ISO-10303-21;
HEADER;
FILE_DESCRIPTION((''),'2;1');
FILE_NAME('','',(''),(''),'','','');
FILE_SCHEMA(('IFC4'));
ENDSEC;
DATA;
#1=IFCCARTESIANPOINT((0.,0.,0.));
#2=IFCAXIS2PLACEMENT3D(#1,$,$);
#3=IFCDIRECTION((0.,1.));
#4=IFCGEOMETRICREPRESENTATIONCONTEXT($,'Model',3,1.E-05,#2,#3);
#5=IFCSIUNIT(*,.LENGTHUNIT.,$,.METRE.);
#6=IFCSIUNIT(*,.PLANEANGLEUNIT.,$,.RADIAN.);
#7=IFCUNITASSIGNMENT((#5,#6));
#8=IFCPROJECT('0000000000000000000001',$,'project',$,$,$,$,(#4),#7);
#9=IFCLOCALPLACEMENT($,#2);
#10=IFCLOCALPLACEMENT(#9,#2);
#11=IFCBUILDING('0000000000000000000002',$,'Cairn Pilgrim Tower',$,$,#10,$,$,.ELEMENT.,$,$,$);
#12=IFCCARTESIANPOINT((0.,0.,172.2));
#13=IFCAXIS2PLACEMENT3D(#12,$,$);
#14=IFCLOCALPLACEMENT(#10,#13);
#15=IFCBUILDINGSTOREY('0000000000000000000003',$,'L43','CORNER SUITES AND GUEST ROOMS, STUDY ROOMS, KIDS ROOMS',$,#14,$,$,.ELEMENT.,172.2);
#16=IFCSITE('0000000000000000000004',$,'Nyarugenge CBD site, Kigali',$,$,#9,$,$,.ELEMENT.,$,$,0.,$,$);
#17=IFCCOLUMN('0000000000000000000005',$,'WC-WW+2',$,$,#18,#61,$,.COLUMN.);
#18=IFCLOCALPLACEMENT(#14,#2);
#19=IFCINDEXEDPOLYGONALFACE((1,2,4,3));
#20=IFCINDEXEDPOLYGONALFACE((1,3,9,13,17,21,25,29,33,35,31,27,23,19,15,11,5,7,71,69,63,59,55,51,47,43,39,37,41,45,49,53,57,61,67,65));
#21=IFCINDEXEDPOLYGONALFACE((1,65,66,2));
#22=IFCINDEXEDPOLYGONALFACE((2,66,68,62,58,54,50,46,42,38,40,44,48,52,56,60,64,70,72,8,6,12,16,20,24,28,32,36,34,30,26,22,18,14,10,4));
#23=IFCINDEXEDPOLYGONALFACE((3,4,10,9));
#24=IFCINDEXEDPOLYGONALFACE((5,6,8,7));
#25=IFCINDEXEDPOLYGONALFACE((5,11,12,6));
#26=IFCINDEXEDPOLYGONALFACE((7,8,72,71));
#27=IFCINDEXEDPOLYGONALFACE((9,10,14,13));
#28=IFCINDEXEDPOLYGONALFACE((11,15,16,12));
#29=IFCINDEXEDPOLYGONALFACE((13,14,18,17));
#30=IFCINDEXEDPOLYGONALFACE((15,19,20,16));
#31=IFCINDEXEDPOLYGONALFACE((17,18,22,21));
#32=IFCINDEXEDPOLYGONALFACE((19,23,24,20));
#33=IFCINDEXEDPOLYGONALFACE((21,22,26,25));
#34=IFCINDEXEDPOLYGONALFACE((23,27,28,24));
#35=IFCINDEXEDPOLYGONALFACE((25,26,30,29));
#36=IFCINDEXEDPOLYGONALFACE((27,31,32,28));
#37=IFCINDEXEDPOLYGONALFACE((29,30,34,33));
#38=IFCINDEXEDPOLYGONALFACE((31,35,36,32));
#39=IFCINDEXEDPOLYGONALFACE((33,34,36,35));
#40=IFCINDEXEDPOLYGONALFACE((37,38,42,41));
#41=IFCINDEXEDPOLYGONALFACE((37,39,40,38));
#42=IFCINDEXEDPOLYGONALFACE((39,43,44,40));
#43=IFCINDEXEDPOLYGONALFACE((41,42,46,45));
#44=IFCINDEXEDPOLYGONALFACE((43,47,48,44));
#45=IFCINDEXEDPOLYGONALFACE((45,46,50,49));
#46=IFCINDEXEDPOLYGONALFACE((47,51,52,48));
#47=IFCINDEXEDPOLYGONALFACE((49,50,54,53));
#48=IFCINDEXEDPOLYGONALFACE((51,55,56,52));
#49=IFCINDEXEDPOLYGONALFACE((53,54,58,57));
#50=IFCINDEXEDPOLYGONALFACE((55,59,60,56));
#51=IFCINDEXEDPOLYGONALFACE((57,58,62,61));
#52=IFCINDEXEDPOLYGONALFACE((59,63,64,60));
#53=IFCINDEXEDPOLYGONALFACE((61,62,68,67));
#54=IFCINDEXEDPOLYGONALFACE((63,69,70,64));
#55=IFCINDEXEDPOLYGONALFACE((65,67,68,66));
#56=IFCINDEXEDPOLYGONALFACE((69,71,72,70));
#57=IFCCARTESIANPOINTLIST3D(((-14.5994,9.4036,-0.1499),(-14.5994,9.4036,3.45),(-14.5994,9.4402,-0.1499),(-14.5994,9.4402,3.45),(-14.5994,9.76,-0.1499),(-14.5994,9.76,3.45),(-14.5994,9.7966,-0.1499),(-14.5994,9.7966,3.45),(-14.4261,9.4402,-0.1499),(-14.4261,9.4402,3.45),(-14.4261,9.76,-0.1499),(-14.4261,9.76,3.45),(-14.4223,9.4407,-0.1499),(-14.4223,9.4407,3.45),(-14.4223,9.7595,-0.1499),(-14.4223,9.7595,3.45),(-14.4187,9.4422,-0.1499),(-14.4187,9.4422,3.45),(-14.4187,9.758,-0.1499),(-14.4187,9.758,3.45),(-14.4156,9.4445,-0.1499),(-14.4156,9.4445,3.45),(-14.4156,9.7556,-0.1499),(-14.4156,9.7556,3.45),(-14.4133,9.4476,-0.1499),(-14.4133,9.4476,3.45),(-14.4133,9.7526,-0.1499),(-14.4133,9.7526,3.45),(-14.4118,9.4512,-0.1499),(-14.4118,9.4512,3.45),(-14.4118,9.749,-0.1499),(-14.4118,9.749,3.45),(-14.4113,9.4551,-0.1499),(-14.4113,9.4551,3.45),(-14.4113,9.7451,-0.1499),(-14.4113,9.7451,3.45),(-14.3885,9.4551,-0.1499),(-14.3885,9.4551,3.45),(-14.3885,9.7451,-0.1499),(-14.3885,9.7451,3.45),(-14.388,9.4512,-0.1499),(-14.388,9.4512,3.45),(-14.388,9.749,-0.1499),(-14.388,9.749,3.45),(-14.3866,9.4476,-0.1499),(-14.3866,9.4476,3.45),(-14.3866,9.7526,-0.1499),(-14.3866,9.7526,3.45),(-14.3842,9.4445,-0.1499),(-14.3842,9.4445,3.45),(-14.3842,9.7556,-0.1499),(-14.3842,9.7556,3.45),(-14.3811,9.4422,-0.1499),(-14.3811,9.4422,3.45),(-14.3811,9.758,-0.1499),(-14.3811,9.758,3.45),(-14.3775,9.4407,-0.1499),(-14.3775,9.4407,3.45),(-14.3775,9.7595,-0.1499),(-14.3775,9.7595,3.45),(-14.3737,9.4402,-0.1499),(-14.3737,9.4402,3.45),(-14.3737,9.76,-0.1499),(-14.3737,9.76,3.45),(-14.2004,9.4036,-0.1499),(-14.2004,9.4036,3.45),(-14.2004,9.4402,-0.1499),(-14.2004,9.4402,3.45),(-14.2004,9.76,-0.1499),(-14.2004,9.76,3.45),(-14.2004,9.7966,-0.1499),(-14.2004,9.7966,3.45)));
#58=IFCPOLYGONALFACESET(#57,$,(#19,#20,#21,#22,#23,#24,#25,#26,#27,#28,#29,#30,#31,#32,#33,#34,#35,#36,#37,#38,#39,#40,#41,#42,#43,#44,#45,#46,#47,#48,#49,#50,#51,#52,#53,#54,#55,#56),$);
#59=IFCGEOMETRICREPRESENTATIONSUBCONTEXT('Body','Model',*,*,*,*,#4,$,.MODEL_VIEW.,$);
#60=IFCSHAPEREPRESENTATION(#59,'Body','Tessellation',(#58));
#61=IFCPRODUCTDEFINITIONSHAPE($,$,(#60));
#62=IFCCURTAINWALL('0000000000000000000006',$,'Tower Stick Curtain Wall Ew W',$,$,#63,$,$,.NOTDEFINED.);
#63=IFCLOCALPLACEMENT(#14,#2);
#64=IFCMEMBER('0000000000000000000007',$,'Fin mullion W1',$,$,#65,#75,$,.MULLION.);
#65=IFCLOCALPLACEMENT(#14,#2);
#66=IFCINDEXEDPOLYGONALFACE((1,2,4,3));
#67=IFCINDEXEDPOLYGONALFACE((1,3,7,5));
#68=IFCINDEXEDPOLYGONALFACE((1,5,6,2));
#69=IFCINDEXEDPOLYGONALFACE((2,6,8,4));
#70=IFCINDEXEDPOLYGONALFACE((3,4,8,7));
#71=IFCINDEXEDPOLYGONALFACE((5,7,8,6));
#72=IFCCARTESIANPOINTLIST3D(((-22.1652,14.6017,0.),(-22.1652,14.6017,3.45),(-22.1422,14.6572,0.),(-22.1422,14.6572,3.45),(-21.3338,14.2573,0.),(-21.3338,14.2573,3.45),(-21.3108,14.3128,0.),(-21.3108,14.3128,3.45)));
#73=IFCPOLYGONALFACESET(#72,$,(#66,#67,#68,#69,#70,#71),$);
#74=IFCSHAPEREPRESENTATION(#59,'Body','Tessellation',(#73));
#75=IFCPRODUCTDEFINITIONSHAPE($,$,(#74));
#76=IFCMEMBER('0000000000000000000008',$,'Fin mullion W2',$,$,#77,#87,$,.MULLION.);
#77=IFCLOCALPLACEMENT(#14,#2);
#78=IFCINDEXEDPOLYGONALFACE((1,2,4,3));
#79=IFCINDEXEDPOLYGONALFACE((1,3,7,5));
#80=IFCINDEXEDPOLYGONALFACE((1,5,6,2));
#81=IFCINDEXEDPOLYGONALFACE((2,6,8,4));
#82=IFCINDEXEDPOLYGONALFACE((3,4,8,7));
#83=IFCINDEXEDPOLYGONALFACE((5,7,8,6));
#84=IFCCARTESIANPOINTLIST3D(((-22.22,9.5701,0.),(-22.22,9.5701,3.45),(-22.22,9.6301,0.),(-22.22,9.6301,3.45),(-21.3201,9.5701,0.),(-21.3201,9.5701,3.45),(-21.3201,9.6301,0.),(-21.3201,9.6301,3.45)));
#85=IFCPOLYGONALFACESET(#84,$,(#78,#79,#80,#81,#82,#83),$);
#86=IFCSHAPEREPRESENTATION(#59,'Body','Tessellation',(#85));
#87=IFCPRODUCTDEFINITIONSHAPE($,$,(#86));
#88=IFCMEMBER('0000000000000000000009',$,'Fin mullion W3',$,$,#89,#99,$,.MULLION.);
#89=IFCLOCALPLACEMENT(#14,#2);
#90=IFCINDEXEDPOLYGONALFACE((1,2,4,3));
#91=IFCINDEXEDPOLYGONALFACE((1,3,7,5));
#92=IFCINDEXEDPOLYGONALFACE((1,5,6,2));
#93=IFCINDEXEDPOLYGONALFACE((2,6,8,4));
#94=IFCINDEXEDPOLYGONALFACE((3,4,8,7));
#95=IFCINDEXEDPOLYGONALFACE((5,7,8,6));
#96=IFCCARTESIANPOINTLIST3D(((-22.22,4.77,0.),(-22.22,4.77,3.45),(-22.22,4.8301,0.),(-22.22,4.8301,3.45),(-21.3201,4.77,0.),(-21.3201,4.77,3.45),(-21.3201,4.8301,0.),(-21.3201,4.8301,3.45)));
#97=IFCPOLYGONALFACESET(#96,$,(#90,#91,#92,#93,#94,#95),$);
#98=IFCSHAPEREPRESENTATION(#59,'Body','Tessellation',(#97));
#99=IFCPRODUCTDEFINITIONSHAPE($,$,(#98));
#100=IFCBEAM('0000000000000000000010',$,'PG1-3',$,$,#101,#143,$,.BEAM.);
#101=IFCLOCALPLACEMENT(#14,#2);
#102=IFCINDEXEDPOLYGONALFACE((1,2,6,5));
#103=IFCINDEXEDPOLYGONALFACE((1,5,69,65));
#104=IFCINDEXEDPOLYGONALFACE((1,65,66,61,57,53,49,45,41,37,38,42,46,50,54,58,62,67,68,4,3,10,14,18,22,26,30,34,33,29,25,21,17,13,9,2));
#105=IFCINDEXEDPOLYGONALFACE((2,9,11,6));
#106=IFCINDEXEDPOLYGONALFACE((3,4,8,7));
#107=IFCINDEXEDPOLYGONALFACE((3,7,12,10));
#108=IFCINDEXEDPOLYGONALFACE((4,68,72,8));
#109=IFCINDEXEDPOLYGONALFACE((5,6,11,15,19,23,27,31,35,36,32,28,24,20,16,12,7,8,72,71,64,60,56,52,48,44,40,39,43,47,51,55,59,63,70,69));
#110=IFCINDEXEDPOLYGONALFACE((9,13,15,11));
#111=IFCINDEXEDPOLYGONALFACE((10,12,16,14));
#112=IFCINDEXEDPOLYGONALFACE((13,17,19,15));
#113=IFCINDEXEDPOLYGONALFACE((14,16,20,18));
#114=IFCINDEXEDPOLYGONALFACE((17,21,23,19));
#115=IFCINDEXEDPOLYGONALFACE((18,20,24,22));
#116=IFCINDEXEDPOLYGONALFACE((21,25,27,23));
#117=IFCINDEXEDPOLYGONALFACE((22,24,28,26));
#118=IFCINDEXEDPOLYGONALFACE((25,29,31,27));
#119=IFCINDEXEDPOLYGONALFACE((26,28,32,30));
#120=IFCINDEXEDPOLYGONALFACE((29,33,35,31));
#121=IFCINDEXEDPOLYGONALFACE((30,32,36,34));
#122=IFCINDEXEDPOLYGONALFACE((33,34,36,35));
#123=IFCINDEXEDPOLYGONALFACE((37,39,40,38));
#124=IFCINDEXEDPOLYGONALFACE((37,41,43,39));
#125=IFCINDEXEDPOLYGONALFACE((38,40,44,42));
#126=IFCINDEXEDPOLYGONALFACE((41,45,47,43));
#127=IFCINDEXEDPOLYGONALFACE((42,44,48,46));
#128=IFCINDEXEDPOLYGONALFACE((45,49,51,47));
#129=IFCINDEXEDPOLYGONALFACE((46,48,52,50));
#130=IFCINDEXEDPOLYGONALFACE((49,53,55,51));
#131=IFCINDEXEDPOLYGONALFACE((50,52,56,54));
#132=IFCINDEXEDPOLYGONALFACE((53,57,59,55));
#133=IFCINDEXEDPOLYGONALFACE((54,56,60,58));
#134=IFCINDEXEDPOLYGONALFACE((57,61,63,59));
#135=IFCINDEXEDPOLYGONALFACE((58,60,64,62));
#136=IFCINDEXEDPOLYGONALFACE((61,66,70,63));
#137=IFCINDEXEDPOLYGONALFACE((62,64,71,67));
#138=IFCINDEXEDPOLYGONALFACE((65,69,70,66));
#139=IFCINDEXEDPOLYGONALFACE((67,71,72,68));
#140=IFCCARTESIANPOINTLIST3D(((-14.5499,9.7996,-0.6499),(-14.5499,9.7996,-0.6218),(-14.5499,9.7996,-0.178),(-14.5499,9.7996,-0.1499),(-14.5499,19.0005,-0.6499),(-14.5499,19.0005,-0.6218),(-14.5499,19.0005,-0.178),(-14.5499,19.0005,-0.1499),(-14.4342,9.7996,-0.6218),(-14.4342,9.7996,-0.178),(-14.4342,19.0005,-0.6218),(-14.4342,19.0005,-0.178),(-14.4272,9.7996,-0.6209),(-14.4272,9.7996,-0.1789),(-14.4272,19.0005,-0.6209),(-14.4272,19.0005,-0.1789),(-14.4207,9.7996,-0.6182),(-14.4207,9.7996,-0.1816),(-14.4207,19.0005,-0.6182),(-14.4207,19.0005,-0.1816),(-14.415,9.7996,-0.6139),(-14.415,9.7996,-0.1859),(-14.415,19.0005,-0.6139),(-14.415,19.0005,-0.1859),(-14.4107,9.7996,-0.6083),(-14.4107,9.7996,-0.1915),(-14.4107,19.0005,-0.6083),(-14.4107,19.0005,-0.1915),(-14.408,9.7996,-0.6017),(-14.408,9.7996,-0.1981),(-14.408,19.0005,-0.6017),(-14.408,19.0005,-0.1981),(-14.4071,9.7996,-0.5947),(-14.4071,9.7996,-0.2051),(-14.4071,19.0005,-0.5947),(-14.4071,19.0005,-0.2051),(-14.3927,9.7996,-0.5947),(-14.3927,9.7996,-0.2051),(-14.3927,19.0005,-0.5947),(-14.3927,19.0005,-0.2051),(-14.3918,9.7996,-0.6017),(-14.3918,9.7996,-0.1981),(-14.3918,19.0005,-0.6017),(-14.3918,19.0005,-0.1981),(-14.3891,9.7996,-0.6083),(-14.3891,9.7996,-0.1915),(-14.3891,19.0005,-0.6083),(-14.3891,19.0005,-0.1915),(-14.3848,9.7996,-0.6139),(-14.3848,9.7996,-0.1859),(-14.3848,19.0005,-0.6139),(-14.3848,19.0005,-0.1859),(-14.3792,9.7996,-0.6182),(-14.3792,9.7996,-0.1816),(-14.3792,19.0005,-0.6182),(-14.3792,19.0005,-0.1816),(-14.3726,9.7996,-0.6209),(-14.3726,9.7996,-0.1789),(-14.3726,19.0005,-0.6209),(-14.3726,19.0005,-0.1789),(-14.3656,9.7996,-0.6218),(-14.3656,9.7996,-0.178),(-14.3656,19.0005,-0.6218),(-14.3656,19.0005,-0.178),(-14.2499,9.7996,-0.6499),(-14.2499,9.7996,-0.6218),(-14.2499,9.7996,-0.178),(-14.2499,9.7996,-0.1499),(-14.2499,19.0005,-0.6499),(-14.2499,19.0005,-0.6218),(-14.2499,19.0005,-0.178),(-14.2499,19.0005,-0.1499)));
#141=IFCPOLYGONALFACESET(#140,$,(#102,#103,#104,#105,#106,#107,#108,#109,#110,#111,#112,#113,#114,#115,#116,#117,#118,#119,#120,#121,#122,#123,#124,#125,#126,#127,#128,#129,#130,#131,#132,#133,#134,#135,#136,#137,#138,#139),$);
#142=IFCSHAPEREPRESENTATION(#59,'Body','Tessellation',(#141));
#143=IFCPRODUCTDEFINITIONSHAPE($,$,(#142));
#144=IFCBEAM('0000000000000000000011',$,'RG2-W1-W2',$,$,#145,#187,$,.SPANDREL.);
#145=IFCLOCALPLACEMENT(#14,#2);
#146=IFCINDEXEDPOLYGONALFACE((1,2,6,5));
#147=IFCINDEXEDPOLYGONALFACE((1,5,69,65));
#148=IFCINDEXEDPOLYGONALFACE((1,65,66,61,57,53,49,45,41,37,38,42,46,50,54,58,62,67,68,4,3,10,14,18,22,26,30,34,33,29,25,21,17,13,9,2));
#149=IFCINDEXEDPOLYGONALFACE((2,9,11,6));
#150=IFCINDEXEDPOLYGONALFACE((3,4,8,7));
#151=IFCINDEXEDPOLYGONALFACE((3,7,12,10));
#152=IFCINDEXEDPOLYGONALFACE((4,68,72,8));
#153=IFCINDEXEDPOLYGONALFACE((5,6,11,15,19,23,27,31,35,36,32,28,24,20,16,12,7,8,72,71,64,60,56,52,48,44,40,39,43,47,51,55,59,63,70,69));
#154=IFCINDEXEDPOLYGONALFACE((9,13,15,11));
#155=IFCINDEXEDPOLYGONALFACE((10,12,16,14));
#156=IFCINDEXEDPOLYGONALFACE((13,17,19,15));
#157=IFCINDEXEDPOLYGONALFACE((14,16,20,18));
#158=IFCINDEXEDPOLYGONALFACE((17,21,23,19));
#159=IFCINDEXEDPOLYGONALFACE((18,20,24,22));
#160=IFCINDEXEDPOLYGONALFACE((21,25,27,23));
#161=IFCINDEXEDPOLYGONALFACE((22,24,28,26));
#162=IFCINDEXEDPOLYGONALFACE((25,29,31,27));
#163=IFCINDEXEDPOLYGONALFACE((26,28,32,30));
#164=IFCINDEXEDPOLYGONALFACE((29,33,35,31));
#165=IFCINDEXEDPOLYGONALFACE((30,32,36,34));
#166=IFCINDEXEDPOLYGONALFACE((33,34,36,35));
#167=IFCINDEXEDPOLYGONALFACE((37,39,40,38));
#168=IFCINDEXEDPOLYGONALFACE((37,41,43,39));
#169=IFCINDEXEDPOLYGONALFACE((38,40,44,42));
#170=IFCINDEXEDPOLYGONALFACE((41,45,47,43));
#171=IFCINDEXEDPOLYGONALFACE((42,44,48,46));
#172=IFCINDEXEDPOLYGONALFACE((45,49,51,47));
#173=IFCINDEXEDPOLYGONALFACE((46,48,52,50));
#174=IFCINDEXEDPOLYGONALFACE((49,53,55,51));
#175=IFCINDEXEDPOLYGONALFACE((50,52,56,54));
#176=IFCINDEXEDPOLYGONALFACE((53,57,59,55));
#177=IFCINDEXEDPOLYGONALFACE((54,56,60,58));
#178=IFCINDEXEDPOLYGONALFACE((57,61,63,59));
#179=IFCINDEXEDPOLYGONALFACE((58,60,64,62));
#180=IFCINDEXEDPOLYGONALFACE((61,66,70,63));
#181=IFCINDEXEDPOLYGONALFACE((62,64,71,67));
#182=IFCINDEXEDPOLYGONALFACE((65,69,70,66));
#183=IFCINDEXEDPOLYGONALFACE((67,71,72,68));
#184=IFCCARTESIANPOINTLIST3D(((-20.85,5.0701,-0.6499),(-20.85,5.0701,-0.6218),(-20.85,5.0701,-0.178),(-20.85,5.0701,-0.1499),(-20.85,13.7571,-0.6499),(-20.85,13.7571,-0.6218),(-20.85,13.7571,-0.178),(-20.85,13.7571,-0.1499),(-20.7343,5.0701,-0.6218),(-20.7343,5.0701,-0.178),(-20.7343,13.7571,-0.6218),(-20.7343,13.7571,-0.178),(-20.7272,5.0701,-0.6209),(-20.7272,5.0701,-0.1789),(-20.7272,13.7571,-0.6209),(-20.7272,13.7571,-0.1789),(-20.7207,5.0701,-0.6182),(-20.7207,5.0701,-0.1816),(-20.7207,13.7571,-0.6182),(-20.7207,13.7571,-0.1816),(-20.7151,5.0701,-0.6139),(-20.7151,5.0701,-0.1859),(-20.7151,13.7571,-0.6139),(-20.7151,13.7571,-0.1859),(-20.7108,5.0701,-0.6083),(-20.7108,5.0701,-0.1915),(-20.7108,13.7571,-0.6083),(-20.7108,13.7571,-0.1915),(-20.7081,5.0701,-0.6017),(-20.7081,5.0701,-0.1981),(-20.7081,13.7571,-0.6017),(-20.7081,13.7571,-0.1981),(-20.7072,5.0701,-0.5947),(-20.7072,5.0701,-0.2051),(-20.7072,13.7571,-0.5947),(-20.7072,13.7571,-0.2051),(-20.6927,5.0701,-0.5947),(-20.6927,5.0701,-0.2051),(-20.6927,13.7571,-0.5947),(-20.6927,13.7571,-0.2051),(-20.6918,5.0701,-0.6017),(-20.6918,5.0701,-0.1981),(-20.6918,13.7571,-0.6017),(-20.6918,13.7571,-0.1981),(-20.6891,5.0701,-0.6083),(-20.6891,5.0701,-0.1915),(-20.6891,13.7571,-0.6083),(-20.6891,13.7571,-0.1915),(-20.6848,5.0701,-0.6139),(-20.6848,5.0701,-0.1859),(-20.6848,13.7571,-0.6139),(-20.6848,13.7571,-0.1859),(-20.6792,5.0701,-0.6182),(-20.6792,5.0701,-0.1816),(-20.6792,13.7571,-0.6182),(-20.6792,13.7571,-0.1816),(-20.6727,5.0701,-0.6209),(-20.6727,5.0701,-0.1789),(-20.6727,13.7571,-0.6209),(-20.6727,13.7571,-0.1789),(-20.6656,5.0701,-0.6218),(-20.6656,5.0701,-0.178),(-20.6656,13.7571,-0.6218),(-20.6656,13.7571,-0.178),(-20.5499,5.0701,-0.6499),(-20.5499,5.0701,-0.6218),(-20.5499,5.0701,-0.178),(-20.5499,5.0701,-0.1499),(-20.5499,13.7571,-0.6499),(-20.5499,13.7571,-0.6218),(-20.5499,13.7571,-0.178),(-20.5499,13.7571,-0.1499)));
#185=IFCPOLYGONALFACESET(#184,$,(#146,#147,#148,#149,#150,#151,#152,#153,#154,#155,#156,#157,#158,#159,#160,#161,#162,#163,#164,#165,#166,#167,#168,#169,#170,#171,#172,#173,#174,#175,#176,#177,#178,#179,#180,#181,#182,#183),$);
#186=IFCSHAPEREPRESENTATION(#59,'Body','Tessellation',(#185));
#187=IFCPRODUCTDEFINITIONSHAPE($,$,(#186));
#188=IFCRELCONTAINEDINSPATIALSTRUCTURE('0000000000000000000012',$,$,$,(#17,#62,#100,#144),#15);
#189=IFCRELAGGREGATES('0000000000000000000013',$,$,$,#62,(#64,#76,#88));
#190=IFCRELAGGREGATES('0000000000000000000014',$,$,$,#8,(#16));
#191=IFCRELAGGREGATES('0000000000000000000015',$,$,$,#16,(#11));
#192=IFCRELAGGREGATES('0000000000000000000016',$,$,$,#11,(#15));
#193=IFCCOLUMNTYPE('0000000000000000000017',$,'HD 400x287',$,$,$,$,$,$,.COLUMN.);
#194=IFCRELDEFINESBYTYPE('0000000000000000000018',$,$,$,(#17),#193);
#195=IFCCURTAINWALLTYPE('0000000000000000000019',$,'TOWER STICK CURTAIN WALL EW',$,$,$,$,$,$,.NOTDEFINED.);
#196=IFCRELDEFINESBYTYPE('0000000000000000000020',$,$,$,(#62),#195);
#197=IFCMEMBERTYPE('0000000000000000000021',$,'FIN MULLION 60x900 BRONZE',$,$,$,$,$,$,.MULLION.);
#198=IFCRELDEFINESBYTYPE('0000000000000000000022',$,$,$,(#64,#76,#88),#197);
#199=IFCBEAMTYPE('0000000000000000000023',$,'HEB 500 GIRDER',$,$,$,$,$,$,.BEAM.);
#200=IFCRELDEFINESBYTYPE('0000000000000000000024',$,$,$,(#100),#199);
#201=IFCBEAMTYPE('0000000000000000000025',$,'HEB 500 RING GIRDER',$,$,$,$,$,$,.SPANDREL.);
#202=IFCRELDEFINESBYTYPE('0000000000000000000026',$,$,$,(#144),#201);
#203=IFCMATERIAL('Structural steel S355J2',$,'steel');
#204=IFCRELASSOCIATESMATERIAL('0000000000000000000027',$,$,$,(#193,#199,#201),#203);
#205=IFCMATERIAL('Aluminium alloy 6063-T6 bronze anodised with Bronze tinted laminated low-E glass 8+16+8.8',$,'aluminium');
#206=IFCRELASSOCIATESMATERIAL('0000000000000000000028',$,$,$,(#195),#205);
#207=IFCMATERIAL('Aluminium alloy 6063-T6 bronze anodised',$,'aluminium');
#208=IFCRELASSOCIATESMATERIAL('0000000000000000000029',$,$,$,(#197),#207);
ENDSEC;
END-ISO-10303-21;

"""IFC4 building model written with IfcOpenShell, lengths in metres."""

from ifc_helpers import new_model, si_unit, direction, frame, origin, origin_2d, place, context, subcontext, project, spatial, rectangle, i_section, extrude, material, material_profile, profile_set, type_object, element, aggregate, save


model = new_model("IFC4")

# Units and contexts
model_context = context("Model", 3, precision=1e-05, world=origin(), true_north=direction((0.0, 1.0)))
body_context = subcontext(model_context, "Body", "Model", "MODEL_VIEW")
ifc_project = project(units=[si_unit("LENGTHUNIT", "METRE"), si_unit("PLANEANGLEUNIT", "RADIAN")], contexts=[model_context])

# Site, building, storey
site_placement = place(None, origin())
site = spatial("IfcSite", under=ifc_project, at=site_placement, Name="Nyarugenge CBD site, Kigali", CompositionType="ELEMENT", RefElevation=0.0)
building_placement = place(site_placement, origin())
building = spatial("IfcBuilding", under=site, at=building_placement, Name="Cairn Pilgrim Tower", CompositionType="ELEMENT")
storey_placement = place(building_placement, frame((0.0, 0.0, 172.2)))
storey = spatial("IfcBuildingStorey", under=building, at=storey_placement, Name="L43", Description="CORNER SUITES AND GUEST ROOMS, STUDY ROOMS, KIDS ROOMS", CompositionType="ELEMENT", Elevation=172.2)

# Column
ifc_material_1 = material(Name="Structural steel S355J2", Category="steel")
ifc_material_profile_1 = material_profile(ifc_material_1, i_section(OverallWidth=0.3989, OverallDepth=0.3931, WebThickness=0.0227, FlangeThickness=0.0366, FilletRadius=0.0149, at=origin_2d()), Name="HD 400x287")
ifc_profile_set_1 = profile_set([ifc_material_profile_1], Name="Structural steel S355J2")
column_type_1 = type_object("IfcColumnType", Name="HD 400x287", PredefinedType="COLUMN", material=ifc_profile_set_1)
column_1_placement = place(storey_placement, frame((-14.3999, 9.6001, -0.1499), z_axis=(0.0, 0.0, 1.0), x_axis=(1.0, 0.0, 0.0)))
element("IfcColumn", 1, at=column_1_placement, inside=storey, type_object=column_type_1, Name="WC-WW+2", PredefinedType="COLUMN", context=body_context, shape_type="SweptSolid", body=[
    extrude(i_section(OverallWidth=0.3989, OverallDepth=0.3931, WebThickness=0.0227, FlangeThickness=0.0366, FilletRadius=0.0149, at=origin_2d()), origin(), (0.0, 0.0, 1.0), 3.5999),
])

# Curtain wall, members
ifc_material_2 = material(Name="Aluminium alloy 6063-T6 bronze anodised with Bronze tinted laminated low-E glass 8+16+8.8", Category="aluminium")
curtain_wall_type = type_object("IfcCurtainWallType", Name="TOWER STICK CURTAIN WALL EW", PredefinedType="NOTDEFINED", material=ifc_material_2)
curtain_wall_placement = place(storey_placement, origin())
curtain_wall = element("IfcCurtainWall", 2, at=curtain_wall_placement, inside=storey, type_object=curtain_wall_type, Name="Tower Stick Curtain Wall Ew W", PredefinedType="NOTDEFINED")
ifc_material_3 = material(Name="Aluminium alloy 6063-T6 bronze anodised", Category="aluminium")
ifc_material_profile_2 = material_profile(ifc_material_3, rectangle(XDim=0.8999, YDim=0.0601, at=origin_2d()), Name="FIN MULLION 60x900 BRONZE")
ifc_profile_set_2 = profile_set([ifc_material_profile_2], Name="Aluminium alloy 6063-T6 bronze anodised")
member_type_1 = type_object("IfcMemberType", Name="FIN MULLION 60x900 BRONZE", PredefinedType="MULLION", material=ifc_profile_set_2)
member_1_placement = place(storey_placement, frame((-21.738, 14.4573, 0.0), z_axis=(0.0, 0.0, 1.0), x_axis=(-0.92388, 0.382683, 0.0)))
member_1 = element("IfcMember", 3, at=member_1_placement, type_object=member_type_1, Name="Fin mullion W1", PredefinedType="MULLION", context=body_context, shape_type="SweptSolid", body=[
    extrude(rectangle(XDim=0.8999, YDim=0.0601, at=origin_2d()), origin(), (0.0, 0.0, 1.0), 3.45),
])
member_2_placement = place(storey_placement, frame((-21.77, 9.6001, 0.0), z_axis=(0.0, 0.0, 1.0), x_axis=(-1.0, 0.0, 0.0)))
member_2 = element("IfcMember", 4, at=member_2_placement, type_object=member_type_1, Name="Fin mullion W2", PredefinedType="MULLION", context=body_context, shape_type="SweptSolid", body=[
    extrude(rectangle(XDim=0.8999, YDim=0.0601, at=origin_2d()), origin(), (0.0, 0.0, 1.0), 3.45),
])
member_3_placement = place(storey_placement, frame((-21.77, 4.8, 0.0), z_axis=(0.0, 0.0, 1.0), x_axis=(-1.0, 0.0, 0.0)))
member_3 = element("IfcMember", 5, at=member_3_placement, type_object=member_type_1, Name="Fin mullion W3", PredefinedType="MULLION", context=body_context, shape_type="SweptSolid", body=[
    extrude(rectangle(XDim=0.8999, YDim=0.0601, at=origin_2d()), origin(), (0.0, 0.0, 1.0), 3.45),
])

# Beams
ifc_material_profile_3 = material_profile(ifc_material_1, i_section(OverallWidth=0.3, OverallDepth=0.5, WebThickness=0.0144, FlangeThickness=0.0281, FilletRadius=0.0271, at=origin_2d()), Name="HEB 500")
ifc_profile_set_3 = profile_set([ifc_material_profile_3], Name="Structural steel S355J2")
beam_type_1 = type_object("IfcBeamType", Name="HEB 500 GIRDER", PredefinedType="BEAM", material=ifc_profile_set_3)
beam_1_placement = place(storey_placement, frame((-14.3999, 9.7996, -0.3999), z_axis=(0.0, 1.0, 0.0), x_axis=(-1.0, 0.0, 0.0)))
element("IfcBeam", 6, at=beam_1_placement, inside=storey, type_object=beam_type_1, Name="PG1-3", PredefinedType="BEAM", context=body_context, shape_type="SweptSolid", body=[
    extrude(i_section(OverallWidth=0.3, OverallDepth=0.5, WebThickness=0.0144, FlangeThickness=0.0281, FilletRadius=0.0271, at=origin_2d()), origin(), (0.0, 0.0, 1.0), 9.2009),
])
ifc_material_profile_4 = material_profile(ifc_material_1, i_section(OverallWidth=0.3, OverallDepth=0.5, WebThickness=0.0144, FlangeThickness=0.0281, FilletRadius=0.0271, at=origin_2d()), Name="HEB 500")
ifc_profile_set_4 = profile_set([ifc_material_profile_4], Name="Structural steel S355J2")
beam_type_2 = type_object("IfcBeamType", Name="HEB 500 RING GIRDER", PredefinedType="SPANDREL", material=ifc_profile_set_4)
beam_2_placement = place(storey_placement, frame((-20.7, 13.7571, -0.3999), z_axis=(0.0, -1.0, 0.0), x_axis=(1.0, 0.0, 0.0)))
element("IfcBeam", 7, at=beam_2_placement, inside=storey, type_object=beam_type_2, Name="RG2-W1-W2", PredefinedType="SPANDREL", context=body_context, shape_type="SweptSolid", body=[
    extrude(i_section(OverallWidth=0.3, OverallDepth=0.5, WebThickness=0.0144, FlangeThickness=0.0281, FilletRadius=0.0271, at=origin_2d()), origin(), (0.0, 0.0, 1.0), 8.687),
])

aggregate(curtain_wall, [member_1, member_2, member_3])

save(model, "model.ifc")
